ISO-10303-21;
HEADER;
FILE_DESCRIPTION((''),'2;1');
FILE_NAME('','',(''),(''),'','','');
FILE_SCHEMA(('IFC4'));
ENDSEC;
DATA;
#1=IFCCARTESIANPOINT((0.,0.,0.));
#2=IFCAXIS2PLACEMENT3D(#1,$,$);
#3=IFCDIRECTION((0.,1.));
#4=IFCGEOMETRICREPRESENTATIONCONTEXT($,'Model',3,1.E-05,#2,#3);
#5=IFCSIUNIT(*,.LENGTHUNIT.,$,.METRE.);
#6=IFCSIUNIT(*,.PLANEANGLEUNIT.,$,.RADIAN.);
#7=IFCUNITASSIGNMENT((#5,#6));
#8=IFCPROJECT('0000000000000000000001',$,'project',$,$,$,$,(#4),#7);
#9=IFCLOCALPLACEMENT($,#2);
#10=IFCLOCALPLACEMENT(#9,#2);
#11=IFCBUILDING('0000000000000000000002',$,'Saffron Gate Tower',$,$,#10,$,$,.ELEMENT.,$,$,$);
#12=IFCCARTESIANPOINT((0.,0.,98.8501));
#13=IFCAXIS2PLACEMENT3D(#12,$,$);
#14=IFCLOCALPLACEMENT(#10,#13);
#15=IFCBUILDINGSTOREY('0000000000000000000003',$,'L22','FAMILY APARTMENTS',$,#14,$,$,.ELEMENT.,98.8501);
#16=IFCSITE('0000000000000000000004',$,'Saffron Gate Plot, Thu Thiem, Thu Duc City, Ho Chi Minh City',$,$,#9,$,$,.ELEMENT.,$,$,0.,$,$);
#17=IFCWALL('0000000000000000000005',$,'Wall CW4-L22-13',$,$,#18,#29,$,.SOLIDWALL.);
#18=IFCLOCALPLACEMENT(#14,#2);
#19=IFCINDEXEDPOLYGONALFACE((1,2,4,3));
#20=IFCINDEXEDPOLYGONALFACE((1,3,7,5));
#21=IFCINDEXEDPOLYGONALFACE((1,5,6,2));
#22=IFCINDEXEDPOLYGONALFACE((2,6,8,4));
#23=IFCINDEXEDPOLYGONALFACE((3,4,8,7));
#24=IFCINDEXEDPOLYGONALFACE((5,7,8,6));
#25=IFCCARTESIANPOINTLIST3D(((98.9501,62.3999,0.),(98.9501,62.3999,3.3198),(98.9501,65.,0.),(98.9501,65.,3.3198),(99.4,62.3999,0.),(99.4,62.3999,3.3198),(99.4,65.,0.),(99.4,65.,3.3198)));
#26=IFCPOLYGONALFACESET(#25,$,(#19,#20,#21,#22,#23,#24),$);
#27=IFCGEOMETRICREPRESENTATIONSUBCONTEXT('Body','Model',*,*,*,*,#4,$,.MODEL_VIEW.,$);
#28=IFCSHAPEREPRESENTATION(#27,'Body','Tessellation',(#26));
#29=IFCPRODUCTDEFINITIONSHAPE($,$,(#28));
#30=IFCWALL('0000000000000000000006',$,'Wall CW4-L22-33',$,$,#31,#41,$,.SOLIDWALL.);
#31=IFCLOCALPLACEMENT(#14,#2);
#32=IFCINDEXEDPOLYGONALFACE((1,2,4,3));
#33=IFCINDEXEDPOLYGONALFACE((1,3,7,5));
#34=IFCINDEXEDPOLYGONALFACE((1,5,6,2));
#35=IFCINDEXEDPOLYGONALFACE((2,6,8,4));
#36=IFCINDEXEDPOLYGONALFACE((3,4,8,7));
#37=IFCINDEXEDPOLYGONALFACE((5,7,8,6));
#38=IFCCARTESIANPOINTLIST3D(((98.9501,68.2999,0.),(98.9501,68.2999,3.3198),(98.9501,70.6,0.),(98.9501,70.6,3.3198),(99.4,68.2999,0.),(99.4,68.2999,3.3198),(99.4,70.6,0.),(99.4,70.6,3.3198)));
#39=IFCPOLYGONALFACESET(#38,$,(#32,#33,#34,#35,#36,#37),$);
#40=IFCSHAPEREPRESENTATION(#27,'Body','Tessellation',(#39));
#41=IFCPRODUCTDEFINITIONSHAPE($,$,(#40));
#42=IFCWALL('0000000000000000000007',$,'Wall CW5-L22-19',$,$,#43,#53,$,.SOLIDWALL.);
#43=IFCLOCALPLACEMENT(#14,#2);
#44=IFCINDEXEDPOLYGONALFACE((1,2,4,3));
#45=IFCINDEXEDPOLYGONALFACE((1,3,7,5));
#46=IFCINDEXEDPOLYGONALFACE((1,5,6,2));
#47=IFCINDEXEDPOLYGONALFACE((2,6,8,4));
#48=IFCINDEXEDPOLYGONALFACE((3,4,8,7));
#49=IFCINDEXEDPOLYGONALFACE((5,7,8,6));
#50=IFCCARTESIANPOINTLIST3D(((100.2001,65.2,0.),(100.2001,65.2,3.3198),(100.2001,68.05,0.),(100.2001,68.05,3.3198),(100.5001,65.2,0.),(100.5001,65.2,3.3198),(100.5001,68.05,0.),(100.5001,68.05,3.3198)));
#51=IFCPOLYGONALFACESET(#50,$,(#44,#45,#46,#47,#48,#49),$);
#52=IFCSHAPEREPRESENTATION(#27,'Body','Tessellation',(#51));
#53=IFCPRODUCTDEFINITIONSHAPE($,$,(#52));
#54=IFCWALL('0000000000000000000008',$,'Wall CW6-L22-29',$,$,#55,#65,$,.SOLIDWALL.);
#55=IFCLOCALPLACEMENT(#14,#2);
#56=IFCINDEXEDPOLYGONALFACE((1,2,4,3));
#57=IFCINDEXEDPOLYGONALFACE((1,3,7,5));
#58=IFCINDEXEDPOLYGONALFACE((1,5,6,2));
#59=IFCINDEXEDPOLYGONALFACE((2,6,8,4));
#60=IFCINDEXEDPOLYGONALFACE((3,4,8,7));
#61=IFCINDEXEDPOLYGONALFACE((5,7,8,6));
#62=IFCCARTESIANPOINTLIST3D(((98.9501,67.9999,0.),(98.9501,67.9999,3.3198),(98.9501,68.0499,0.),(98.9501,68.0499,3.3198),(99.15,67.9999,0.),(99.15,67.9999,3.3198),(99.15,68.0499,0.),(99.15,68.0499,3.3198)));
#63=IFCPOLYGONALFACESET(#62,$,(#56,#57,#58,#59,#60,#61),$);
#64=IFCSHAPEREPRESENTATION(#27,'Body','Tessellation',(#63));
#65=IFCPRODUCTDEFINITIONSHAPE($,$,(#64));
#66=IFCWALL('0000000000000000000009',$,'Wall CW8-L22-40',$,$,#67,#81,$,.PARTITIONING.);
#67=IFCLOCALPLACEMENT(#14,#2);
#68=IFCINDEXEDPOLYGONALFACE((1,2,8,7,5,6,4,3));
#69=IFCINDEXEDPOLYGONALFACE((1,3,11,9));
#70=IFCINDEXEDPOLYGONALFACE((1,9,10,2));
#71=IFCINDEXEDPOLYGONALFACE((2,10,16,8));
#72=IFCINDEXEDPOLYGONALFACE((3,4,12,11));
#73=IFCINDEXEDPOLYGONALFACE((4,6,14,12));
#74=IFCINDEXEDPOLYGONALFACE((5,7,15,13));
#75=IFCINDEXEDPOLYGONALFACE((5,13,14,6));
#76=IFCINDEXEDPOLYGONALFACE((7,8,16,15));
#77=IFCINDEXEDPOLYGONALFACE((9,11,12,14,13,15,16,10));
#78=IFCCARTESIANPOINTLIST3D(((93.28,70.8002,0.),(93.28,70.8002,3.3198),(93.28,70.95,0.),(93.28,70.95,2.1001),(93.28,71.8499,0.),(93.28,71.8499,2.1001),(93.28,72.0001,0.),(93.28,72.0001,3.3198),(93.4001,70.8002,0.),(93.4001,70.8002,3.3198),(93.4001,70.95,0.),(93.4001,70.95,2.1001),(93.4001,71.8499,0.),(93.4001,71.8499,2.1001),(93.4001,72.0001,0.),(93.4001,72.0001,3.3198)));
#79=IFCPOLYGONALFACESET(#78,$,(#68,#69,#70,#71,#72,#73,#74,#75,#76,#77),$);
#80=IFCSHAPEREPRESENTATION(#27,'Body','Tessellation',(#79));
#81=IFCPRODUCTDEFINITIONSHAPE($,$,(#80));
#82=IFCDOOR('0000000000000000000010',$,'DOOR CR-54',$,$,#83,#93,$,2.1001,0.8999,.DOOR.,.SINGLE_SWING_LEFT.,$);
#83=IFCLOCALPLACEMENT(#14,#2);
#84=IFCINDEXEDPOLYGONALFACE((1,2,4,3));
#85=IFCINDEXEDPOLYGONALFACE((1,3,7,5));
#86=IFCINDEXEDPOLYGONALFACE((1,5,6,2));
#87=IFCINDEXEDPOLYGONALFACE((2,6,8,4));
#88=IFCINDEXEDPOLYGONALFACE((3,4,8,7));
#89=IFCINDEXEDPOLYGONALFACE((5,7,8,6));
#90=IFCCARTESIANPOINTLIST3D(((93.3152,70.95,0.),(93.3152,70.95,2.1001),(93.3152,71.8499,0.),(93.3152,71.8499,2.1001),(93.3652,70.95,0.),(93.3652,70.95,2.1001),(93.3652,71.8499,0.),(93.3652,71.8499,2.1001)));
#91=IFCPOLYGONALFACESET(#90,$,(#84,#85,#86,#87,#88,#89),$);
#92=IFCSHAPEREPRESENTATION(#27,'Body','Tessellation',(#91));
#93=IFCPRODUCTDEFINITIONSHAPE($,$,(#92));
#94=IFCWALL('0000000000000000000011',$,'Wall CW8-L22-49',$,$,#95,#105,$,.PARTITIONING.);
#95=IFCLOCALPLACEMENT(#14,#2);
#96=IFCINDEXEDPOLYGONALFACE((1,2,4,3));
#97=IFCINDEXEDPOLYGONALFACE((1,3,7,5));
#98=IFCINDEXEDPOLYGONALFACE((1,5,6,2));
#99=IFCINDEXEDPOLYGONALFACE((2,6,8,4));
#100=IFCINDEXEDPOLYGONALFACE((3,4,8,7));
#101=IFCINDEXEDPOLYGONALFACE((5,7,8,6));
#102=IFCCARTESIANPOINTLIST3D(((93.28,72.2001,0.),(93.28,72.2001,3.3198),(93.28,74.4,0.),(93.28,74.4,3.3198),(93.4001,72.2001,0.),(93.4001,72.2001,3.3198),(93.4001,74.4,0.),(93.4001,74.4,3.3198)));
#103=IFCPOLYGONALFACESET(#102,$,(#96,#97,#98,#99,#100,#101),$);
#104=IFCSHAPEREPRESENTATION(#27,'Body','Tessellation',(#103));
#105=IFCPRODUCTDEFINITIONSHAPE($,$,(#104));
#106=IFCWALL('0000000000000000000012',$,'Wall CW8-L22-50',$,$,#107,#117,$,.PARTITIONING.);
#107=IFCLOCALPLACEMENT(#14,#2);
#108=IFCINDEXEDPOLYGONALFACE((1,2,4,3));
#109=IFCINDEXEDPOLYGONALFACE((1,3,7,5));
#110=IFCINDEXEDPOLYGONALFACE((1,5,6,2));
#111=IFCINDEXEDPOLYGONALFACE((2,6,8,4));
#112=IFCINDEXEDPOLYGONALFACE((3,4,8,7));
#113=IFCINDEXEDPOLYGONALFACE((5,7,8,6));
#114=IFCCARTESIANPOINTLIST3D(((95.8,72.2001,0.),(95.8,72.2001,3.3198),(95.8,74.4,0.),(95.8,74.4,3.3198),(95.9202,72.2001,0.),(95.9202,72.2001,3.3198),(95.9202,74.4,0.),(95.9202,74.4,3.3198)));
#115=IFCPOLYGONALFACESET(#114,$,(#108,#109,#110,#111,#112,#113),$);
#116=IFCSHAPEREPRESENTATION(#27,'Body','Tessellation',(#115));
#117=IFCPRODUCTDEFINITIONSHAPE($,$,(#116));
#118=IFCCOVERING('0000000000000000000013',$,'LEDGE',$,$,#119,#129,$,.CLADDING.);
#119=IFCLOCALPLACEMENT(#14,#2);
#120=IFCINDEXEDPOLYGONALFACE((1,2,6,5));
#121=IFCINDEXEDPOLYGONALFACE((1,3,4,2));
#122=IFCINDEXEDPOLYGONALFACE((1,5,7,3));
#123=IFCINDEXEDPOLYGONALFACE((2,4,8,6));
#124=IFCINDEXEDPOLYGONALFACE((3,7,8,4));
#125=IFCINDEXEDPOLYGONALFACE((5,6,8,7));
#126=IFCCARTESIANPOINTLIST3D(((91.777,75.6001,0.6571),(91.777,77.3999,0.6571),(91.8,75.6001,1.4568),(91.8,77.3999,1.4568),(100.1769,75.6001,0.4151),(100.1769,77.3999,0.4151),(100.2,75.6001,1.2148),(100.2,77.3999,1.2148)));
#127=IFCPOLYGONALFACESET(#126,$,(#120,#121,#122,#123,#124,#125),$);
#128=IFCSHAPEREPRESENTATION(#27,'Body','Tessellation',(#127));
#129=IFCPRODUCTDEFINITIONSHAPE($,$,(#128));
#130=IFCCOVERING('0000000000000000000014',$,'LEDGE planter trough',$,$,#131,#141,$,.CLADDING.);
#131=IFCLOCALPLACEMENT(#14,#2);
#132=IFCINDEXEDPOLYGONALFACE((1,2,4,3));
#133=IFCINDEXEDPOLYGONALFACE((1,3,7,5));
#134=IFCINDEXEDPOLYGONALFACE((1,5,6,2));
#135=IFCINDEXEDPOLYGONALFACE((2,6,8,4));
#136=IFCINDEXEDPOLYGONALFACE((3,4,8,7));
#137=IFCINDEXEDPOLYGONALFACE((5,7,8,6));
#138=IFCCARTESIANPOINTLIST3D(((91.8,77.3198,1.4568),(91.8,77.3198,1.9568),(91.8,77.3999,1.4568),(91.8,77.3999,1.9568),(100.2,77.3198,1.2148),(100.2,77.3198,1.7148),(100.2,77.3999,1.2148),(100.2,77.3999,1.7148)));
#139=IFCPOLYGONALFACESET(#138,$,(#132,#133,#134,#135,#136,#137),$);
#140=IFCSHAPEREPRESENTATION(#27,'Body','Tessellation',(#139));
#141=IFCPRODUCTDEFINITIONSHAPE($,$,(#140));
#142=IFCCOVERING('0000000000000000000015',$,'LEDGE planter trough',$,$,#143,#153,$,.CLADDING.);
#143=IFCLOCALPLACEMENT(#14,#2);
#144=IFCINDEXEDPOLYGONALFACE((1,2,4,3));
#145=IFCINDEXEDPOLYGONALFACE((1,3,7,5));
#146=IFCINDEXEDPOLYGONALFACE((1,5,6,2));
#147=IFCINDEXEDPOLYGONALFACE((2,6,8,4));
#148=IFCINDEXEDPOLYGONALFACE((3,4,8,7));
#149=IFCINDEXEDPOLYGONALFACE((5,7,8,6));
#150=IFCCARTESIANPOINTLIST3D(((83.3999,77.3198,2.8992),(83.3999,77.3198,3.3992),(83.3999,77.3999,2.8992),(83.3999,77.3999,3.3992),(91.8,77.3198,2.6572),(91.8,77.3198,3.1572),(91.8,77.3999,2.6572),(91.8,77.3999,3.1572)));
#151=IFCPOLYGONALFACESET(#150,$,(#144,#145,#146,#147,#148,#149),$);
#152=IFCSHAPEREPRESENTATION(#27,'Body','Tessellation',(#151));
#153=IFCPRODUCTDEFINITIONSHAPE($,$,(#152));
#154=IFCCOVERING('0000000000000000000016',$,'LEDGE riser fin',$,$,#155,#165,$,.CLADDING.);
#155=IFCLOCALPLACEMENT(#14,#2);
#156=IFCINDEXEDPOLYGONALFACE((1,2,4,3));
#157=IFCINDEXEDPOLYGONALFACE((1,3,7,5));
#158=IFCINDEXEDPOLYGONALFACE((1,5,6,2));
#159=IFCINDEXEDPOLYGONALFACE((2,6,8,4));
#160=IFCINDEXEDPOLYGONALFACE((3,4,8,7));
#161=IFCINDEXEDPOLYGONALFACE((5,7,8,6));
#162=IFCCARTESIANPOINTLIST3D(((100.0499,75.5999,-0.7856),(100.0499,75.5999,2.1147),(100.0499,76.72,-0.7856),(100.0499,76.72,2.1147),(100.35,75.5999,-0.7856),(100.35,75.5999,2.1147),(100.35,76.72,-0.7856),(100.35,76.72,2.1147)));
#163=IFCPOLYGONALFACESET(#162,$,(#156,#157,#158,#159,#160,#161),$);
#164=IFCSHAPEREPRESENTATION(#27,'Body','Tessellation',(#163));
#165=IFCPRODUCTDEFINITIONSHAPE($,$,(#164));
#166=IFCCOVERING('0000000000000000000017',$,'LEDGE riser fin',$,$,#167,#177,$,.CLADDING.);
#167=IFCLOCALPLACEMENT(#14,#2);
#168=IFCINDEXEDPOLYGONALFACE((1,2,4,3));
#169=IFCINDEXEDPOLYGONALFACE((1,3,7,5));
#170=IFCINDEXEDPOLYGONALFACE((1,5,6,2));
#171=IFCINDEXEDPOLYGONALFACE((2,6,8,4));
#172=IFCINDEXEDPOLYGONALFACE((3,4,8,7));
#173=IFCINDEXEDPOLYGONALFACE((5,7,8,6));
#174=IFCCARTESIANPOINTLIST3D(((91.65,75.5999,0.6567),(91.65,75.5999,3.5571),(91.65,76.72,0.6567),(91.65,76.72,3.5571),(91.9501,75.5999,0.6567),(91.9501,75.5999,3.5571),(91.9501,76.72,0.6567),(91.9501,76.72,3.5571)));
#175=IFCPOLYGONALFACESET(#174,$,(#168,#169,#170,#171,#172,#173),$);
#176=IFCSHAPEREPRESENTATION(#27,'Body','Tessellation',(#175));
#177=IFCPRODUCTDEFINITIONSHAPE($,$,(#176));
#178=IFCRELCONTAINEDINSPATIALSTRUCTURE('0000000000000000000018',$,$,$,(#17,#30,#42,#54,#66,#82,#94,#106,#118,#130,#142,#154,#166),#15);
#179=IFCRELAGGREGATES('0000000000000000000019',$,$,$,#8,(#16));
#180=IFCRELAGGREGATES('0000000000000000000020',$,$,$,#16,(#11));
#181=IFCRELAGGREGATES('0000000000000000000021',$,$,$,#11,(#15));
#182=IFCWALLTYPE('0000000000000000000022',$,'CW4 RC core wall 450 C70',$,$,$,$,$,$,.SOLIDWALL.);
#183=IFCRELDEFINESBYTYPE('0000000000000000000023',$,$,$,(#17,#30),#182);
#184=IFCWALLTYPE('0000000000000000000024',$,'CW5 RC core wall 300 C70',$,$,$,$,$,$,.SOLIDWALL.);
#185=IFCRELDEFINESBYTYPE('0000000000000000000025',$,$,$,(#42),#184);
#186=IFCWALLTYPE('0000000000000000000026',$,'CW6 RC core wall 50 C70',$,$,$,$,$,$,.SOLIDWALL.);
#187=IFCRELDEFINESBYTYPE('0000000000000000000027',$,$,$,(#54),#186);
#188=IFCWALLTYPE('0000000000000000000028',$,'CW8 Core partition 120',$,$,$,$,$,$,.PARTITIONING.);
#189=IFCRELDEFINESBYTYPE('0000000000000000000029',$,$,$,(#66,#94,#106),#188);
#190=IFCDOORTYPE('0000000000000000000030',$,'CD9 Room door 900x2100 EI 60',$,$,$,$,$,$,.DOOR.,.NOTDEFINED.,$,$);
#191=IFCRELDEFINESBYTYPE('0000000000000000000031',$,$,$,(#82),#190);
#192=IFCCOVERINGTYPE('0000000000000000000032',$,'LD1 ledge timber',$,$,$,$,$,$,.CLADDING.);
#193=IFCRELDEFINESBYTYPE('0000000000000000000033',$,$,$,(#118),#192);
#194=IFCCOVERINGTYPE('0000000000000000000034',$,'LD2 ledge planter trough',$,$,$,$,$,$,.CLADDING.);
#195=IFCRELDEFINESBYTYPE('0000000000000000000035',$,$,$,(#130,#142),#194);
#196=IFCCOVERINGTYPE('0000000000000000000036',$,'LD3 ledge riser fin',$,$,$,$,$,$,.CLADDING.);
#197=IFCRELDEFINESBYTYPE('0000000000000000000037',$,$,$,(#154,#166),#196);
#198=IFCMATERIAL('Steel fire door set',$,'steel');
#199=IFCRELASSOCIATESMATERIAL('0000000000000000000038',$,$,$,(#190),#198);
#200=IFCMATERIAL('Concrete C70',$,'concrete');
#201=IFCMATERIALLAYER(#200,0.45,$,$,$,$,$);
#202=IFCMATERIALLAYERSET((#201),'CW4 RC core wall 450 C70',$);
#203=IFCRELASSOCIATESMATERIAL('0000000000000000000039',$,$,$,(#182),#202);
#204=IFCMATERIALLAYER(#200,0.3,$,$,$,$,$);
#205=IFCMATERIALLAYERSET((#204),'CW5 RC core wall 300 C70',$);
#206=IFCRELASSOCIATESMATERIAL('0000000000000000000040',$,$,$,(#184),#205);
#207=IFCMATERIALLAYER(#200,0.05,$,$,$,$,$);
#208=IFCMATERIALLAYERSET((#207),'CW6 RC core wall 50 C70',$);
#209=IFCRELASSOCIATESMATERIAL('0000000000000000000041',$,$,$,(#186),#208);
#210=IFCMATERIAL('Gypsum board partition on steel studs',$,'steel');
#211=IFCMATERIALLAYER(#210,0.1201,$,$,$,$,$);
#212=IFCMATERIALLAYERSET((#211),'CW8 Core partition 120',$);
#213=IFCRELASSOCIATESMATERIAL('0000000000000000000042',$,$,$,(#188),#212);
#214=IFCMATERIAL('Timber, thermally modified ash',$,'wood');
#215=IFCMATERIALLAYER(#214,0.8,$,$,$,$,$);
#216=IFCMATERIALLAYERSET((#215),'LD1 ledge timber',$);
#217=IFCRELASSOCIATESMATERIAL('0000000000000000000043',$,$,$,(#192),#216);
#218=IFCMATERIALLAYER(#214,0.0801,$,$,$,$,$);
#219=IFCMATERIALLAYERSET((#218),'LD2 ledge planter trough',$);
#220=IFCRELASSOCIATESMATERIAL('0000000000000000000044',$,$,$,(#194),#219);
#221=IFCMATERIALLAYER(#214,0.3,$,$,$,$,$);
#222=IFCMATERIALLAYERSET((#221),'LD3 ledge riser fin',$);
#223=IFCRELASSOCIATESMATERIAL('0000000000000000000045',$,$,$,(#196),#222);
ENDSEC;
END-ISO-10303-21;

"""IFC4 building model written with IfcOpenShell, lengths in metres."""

from ifc_helpers import new_model, si_unit, direction, frame, frame_2d, origin, origin_2d, place, context, subcontext, project, spatial, polyline, rectangle, outline, extrude, material, layer, layer_set, type_object, element, fill, save


model = new_model("IFC4")

# Units and contexts
model_context = context("Model", 3, precision=1e-05, world=origin(), true_north=direction((0.0, 1.0)))
body_context = subcontext(model_context, "Body", "Model", "MODEL_VIEW")
ifc_project = project(units=[si_unit("LENGTHUNIT", "METRE"), si_unit("PLANEANGLEUNIT", "RADIAN")], contexts=[model_context])

# Site, building, storey
site_placement = place(None, origin())
site = spatial("IfcSite", under=ifc_project, at=site_placement, Name="Saffron Gate Plot, Thu Thiem, Thu Duc City, Ho Chi Minh City", CompositionType="ELEMENT", RefElevation=0.0)
building_placement = place(site_placement, origin())
building = spatial("IfcBuilding", under=site, at=building_placement, Name="Saffron Gate Tower", CompositionType="ELEMENT")
storey_placement = place(building_placement, frame((0.0, 0.0, 98.8501)))
storey = spatial("IfcBuildingStorey", under=building, at=storey_placement, Name="L22", Description="FAMILY APARTMENTS", CompositionType="ELEMENT", Elevation=98.8501)

# Shared definitions
ifc_material_1 = material(Name="Concrete C70", Category="concrete")
ifc_material_2 = material(Name="Steel fire door set", Category="steel")

# Shared definitions
door_type_1 = type_object("IfcDoorType", Name="CD9 Room door 900x2100 EI 60", OperationType="NOTDEFINED", PredefinedType="DOOR", material=ifc_material_2)

# Walls
ifc_layer_1 = layer(ifc_material_1, 0.45)
ifc_layer_set_1 = layer_set([ifc_layer_1], Name="CW4 RC core wall 450 C70")
wall_type_1 = type_object("IfcWallType", Name="CW4 RC core wall 450 C70", PredefinedType="SOLIDWALL", material=ifc_layer_set_1)
wall_1_placement = place(storey_placement, frame((99.175, 62.3999, 0.0), z_axis=(0.0, 0.0, 1.0), x_axis=(0.0, 1.0, 0.0)))
element("IfcWall", 1, at=wall_1_placement, inside=storey, type_object=wall_type_1, Name="Wall CW4-L22-13", PredefinedType="SOLIDWALL", context=body_context, shape_type="SweptSolid", body=[
    extrude(rectangle(XDim=2.6001, YDim=0.45, at=frame_2d((1.3, 0.0))), origin(), (0.0, 0.0, 1.0), 3.3198),
])
wall_2_placement = place(storey_placement, frame((99.175, 68.3, 0.0), z_axis=(0.0, 0.0, 1.0), x_axis=(0.0, 1.0, 0.0)))
element("IfcWall", 2, at=wall_2_placement, inside=storey, type_object=wall_type_1, Name="Wall CW4-L22-33", PredefinedType="SOLIDWALL", context=body_context, shape_type="SweptSolid", body=[
    extrude(rectangle(XDim=2.3, YDim=0.45, at=frame_2d((1.1499, 0.0))), origin(), (0.0, 0.0, 1.0), 3.3198),
])
ifc_layer_2 = layer(ifc_material_1, 0.3)
ifc_layer_set_2 = layer_set([ifc_layer_2], Name="CW5 RC core wall 300 C70")
wall_type_2 = type_object("IfcWallType", Name="CW5 RC core wall 300 C70", PredefinedType="SOLIDWALL", material=ifc_layer_set_2)
wall_3_placement = place(storey_placement, frame((100.3501, 65.2, 0.0), z_axis=(0.0, 0.0, 1.0), x_axis=(0.0, 1.0, 0.0)))
element("IfcWall", 3, at=wall_3_placement, inside=storey, type_object=wall_type_2, Name="Wall CW5-L22-19", PredefinedType="SOLIDWALL", context=body_context, shape_type="SweptSolid", body=[
    extrude(rectangle(XDim=2.8501, YDim=0.3, at=frame_2d((1.425, 0.0))), origin(), (0.0, 0.0, 1.0), 3.3198),
])
ifc_layer_3 = layer(ifc_material_1, 0.05)
ifc_layer_set_3 = layer_set([ifc_layer_3], Name="CW6 RC core wall 50 C70")
wall_type_3 = type_object("IfcWallType", Name="CW6 RC core wall 50 C70", PredefinedType="SOLIDWALL", material=ifc_layer_set_3)
wall_4_placement = place(storey_placement, frame((98.95, 68.0249, 0.0), z_axis=(0.0, 0.0, 1.0), x_axis=(1.0, 0.0, 0.0)))
element("IfcWall", 4, at=wall_4_placement, inside=storey, type_object=wall_type_3, Name="Wall CW6-L22-29", PredefinedType="SOLIDWALL", context=body_context, shape_type="SweptSolid", body=[
    extrude(rectangle(XDim=0.2, YDim=0.05, at=frame_2d((0.1001, 0.0))), origin(), (0.0, 0.0, 1.0), 3.3198),
])

# Wall, opening, door
ifc_material_3 = material(Name="Gypsum board partition on steel studs", Category="steel")
ifc_layer_4 = layer(ifc_material_3, 0.1201)
ifc_layer_set_4 = layer_set([ifc_layer_4], Name="CW8 Core partition 120")
wall_type_4 = type_object("IfcWallType", Name="CW8 Core partition 120", PredefinedType="PARTITIONING", material=ifc_layer_set_4)
wall_5_placement = place(storey_placement, frame((93.3401, 70.8, 0.0), z_axis=(0.0, 0.0, 1.0), x_axis=(0.0, 1.0, 0.0)))
wall_5 = element("IfcWall", 5, at=wall_5_placement, inside=storey, type_object=wall_type_4, Name="Wall CW8-L22-40", PredefinedType="PARTITIONING", context=body_context, shape_type="SweptSolid", body=[
    extrude(rectangle(XDim=1.2, YDim=0.1201, at=frame_2d((0.6001, 0.0))), origin(), (0.0, 0.0, 1.0), 3.3198),
])
opening_1_placement = place(wall_5_placement, frame((0.1499, 0.0, 0.0)))
opening_1 = element("IfcOpeningElement", 6, at=opening_1_placement, cuts=wall_5, PredefinedType="OPENING", context=body_context, shape_type="SweptSolid", body=[
    extrude(rectangle(XDim=0.8999, YDim=2.1001, at=frame_2d((0.45, 1.05))), frame((0.0, 0.0701, 0.0), z_axis=(0.0, -1.0, 0.0), x_axis=(1.0, 0.0, 0.0)), (0.0, 0.0, 1.0), 0.1401),
])
door_1_placement = place(opening_1_placement, origin())
door_1 = element("IfcDoor", 7, at=door_1_placement, inside=storey, type_object=door_type_1, Name="DOOR CR-54", OperationType="SINGLE_SWING_LEFT", OverallHeight=2.1001, OverallWidth=0.8999, PredefinedType="DOOR", context=body_context, shape_type="SweptSolid", body=[
    extrude(rectangle(XDim=0.8999, YDim=2.1001, at=frame_2d((0.45, 1.05))), frame((0.0, 0.0249, 0.0), z_axis=(0.0, -1.0, 0.0), x_axis=(1.0, 0.0, 0.0)), (0.0, 0.0, 1.0), 0.05),
])
fill(opening_1, door_1)

# Walls
for number, where, z_axis, x_axis, name in (
    (8, (93.3401, 72.2, 0.0), (0.0, 0.0, 1.0), (0.0, 1.0, 0.0), "Wall CW8-L22-49"),
    (9, (95.8601, 72.2, 0.0), (0.0, 0.0, 1.0), (0.0, 1.0, 0.0), "Wall CW8-L22-50"),
):
    element("IfcWall", number, at=place(storey_placement, frame(where, z_axis=z_axis, x_axis=x_axis)), inside=storey, type_object=wall_type_4, Name=name, PredefinedType="PARTITIONING", context=body_context, shape_type="SweptSolid", body=[
        extrude(rectangle(XDim=2.2, YDim=0.1201, at=frame_2d((1.1001, 0.0))), origin(), (0.0, 0.0, 1.0), 3.3198),
    ])

# Coverings
ifc_material_4 = material(Name="Timber, thermally modified ash", Category="wood")
ifc_layer_5 = layer(ifc_material_4, 0.8)
ifc_layer_set_5 = layer_set([ifc_layer_5], Name="LD1 ledge timber")
covering_type_1 = type_object("IfcCoveringType", Name="LD1 ledge timber", PredefinedType="CLADDING", material=ifc_layer_set_5)
covering_1_placement = place(storey_placement, frame((100.2, 75.6001, 1.2148), z_axis=(0.028791, 0.0, 0.999585), x_axis=(-0.999585, 0.0, 0.028791)))
element("IfcCovering", 10, at=covering_1_placement, inside=storey, type_object=covering_type_1, Name="LEDGE", PredefinedType="CLADDING", context=body_context, shape_type="SweptSolid", body=[
    extrude(outline(polyline([(0.0, 0.0), (8.4034, 0.0), (8.4034, -1.7998), (0.0, -1.7998), (0.0, 0.0)])), origin(), (0.0, 0.0, -1.0), 0.8),
])
ifc_layer_6 = layer(ifc_material_4, 0.0801)
ifc_layer_set_6 = layer_set([ifc_layer_6], Name="LD2 ledge planter trough")
covering_type_2 = type_object("IfcCoveringType", Name="LD2 ledge planter trough", PredefinedType="CLADDING", material=ifc_layer_set_6)
covering_2_placement = place(storey_placement, frame((100.2, 77.3999, 1.2148), z_axis=(0.0, 1.0, 0.0), x_axis=(-0.999585, 0.0, 0.028791)))
element("IfcCovering", 11, at=covering_2_placement, inside=storey, type_object=covering_type_2, Name="LEDGE planter trough", PredefinedType="CLADDING", context=body_context, shape_type="SweptSolid", body=[
    extrude(outline(polyline([(0.0, 0.0), (8.4034, 0.0), (8.4178, 0.4998), (0.0144, 0.4998), (0.0, 0.0)])), origin(), (0.0, 0.0, -1.0), 0.0801),
])
covering_3_placement = place(storey_placement, frame((91.8, 77.3999, 2.6572), z_axis=(0.0, 1.0, 0.0), x_axis=(-0.999585, 0.0, 0.02879)))
element("IfcCovering", 12, at=covering_3_placement, inside=storey, type_object=covering_type_2, Name="LEDGE planter trough", PredefinedType="CLADDING", context=body_context, shape_type="SweptSolid", body=[
    extrude(outline(polyline([(0.0, 0.0), (8.4036, 0.0), (8.418, 0.4998), (0.0144, 0.4998), (0.0, 0.0)])), origin(), (0.0, 0.0, -1.0), 0.0801),
])
ifc_layer_7 = layer(ifc_material_4, 0.3)
ifc_layer_set_7 = layer_set([ifc_layer_7], Name="LD3 ledge riser fin")
covering_type_3 = type_object("IfcCoveringType", Name="LD3 ledge riser fin", PredefinedType="CLADDING", material=ifc_layer_set_7)
for number, where, z_axis, x_axis, name in (
    (13, (100.2, 76.1599, -0.7856), (0.0, 0.0, 1.0), (-1.0, 0.0, 0.0), "LEDGE riser fin"),
    (14, (91.8, 76.1599, 0.6567), (0.0, 0.0, 1.0), (-1.0, 0.0, 0.0), "LEDGE riser fin"),
):
    element("IfcCovering", number, at=place(storey_placement, frame(where, z_axis=z_axis, x_axis=x_axis)), inside=storey, type_object=covering_type_3, Name=name, PredefinedType="CLADDING", context=body_context, shape_type="SweptSolid", body=[
        extrude(rectangle(XDim=0.3, YDim=1.1201, at=origin_2d()), origin(), (0.0, 0.0, 1.0), 2.9004),
    ])

save(model, "model.ifc")
